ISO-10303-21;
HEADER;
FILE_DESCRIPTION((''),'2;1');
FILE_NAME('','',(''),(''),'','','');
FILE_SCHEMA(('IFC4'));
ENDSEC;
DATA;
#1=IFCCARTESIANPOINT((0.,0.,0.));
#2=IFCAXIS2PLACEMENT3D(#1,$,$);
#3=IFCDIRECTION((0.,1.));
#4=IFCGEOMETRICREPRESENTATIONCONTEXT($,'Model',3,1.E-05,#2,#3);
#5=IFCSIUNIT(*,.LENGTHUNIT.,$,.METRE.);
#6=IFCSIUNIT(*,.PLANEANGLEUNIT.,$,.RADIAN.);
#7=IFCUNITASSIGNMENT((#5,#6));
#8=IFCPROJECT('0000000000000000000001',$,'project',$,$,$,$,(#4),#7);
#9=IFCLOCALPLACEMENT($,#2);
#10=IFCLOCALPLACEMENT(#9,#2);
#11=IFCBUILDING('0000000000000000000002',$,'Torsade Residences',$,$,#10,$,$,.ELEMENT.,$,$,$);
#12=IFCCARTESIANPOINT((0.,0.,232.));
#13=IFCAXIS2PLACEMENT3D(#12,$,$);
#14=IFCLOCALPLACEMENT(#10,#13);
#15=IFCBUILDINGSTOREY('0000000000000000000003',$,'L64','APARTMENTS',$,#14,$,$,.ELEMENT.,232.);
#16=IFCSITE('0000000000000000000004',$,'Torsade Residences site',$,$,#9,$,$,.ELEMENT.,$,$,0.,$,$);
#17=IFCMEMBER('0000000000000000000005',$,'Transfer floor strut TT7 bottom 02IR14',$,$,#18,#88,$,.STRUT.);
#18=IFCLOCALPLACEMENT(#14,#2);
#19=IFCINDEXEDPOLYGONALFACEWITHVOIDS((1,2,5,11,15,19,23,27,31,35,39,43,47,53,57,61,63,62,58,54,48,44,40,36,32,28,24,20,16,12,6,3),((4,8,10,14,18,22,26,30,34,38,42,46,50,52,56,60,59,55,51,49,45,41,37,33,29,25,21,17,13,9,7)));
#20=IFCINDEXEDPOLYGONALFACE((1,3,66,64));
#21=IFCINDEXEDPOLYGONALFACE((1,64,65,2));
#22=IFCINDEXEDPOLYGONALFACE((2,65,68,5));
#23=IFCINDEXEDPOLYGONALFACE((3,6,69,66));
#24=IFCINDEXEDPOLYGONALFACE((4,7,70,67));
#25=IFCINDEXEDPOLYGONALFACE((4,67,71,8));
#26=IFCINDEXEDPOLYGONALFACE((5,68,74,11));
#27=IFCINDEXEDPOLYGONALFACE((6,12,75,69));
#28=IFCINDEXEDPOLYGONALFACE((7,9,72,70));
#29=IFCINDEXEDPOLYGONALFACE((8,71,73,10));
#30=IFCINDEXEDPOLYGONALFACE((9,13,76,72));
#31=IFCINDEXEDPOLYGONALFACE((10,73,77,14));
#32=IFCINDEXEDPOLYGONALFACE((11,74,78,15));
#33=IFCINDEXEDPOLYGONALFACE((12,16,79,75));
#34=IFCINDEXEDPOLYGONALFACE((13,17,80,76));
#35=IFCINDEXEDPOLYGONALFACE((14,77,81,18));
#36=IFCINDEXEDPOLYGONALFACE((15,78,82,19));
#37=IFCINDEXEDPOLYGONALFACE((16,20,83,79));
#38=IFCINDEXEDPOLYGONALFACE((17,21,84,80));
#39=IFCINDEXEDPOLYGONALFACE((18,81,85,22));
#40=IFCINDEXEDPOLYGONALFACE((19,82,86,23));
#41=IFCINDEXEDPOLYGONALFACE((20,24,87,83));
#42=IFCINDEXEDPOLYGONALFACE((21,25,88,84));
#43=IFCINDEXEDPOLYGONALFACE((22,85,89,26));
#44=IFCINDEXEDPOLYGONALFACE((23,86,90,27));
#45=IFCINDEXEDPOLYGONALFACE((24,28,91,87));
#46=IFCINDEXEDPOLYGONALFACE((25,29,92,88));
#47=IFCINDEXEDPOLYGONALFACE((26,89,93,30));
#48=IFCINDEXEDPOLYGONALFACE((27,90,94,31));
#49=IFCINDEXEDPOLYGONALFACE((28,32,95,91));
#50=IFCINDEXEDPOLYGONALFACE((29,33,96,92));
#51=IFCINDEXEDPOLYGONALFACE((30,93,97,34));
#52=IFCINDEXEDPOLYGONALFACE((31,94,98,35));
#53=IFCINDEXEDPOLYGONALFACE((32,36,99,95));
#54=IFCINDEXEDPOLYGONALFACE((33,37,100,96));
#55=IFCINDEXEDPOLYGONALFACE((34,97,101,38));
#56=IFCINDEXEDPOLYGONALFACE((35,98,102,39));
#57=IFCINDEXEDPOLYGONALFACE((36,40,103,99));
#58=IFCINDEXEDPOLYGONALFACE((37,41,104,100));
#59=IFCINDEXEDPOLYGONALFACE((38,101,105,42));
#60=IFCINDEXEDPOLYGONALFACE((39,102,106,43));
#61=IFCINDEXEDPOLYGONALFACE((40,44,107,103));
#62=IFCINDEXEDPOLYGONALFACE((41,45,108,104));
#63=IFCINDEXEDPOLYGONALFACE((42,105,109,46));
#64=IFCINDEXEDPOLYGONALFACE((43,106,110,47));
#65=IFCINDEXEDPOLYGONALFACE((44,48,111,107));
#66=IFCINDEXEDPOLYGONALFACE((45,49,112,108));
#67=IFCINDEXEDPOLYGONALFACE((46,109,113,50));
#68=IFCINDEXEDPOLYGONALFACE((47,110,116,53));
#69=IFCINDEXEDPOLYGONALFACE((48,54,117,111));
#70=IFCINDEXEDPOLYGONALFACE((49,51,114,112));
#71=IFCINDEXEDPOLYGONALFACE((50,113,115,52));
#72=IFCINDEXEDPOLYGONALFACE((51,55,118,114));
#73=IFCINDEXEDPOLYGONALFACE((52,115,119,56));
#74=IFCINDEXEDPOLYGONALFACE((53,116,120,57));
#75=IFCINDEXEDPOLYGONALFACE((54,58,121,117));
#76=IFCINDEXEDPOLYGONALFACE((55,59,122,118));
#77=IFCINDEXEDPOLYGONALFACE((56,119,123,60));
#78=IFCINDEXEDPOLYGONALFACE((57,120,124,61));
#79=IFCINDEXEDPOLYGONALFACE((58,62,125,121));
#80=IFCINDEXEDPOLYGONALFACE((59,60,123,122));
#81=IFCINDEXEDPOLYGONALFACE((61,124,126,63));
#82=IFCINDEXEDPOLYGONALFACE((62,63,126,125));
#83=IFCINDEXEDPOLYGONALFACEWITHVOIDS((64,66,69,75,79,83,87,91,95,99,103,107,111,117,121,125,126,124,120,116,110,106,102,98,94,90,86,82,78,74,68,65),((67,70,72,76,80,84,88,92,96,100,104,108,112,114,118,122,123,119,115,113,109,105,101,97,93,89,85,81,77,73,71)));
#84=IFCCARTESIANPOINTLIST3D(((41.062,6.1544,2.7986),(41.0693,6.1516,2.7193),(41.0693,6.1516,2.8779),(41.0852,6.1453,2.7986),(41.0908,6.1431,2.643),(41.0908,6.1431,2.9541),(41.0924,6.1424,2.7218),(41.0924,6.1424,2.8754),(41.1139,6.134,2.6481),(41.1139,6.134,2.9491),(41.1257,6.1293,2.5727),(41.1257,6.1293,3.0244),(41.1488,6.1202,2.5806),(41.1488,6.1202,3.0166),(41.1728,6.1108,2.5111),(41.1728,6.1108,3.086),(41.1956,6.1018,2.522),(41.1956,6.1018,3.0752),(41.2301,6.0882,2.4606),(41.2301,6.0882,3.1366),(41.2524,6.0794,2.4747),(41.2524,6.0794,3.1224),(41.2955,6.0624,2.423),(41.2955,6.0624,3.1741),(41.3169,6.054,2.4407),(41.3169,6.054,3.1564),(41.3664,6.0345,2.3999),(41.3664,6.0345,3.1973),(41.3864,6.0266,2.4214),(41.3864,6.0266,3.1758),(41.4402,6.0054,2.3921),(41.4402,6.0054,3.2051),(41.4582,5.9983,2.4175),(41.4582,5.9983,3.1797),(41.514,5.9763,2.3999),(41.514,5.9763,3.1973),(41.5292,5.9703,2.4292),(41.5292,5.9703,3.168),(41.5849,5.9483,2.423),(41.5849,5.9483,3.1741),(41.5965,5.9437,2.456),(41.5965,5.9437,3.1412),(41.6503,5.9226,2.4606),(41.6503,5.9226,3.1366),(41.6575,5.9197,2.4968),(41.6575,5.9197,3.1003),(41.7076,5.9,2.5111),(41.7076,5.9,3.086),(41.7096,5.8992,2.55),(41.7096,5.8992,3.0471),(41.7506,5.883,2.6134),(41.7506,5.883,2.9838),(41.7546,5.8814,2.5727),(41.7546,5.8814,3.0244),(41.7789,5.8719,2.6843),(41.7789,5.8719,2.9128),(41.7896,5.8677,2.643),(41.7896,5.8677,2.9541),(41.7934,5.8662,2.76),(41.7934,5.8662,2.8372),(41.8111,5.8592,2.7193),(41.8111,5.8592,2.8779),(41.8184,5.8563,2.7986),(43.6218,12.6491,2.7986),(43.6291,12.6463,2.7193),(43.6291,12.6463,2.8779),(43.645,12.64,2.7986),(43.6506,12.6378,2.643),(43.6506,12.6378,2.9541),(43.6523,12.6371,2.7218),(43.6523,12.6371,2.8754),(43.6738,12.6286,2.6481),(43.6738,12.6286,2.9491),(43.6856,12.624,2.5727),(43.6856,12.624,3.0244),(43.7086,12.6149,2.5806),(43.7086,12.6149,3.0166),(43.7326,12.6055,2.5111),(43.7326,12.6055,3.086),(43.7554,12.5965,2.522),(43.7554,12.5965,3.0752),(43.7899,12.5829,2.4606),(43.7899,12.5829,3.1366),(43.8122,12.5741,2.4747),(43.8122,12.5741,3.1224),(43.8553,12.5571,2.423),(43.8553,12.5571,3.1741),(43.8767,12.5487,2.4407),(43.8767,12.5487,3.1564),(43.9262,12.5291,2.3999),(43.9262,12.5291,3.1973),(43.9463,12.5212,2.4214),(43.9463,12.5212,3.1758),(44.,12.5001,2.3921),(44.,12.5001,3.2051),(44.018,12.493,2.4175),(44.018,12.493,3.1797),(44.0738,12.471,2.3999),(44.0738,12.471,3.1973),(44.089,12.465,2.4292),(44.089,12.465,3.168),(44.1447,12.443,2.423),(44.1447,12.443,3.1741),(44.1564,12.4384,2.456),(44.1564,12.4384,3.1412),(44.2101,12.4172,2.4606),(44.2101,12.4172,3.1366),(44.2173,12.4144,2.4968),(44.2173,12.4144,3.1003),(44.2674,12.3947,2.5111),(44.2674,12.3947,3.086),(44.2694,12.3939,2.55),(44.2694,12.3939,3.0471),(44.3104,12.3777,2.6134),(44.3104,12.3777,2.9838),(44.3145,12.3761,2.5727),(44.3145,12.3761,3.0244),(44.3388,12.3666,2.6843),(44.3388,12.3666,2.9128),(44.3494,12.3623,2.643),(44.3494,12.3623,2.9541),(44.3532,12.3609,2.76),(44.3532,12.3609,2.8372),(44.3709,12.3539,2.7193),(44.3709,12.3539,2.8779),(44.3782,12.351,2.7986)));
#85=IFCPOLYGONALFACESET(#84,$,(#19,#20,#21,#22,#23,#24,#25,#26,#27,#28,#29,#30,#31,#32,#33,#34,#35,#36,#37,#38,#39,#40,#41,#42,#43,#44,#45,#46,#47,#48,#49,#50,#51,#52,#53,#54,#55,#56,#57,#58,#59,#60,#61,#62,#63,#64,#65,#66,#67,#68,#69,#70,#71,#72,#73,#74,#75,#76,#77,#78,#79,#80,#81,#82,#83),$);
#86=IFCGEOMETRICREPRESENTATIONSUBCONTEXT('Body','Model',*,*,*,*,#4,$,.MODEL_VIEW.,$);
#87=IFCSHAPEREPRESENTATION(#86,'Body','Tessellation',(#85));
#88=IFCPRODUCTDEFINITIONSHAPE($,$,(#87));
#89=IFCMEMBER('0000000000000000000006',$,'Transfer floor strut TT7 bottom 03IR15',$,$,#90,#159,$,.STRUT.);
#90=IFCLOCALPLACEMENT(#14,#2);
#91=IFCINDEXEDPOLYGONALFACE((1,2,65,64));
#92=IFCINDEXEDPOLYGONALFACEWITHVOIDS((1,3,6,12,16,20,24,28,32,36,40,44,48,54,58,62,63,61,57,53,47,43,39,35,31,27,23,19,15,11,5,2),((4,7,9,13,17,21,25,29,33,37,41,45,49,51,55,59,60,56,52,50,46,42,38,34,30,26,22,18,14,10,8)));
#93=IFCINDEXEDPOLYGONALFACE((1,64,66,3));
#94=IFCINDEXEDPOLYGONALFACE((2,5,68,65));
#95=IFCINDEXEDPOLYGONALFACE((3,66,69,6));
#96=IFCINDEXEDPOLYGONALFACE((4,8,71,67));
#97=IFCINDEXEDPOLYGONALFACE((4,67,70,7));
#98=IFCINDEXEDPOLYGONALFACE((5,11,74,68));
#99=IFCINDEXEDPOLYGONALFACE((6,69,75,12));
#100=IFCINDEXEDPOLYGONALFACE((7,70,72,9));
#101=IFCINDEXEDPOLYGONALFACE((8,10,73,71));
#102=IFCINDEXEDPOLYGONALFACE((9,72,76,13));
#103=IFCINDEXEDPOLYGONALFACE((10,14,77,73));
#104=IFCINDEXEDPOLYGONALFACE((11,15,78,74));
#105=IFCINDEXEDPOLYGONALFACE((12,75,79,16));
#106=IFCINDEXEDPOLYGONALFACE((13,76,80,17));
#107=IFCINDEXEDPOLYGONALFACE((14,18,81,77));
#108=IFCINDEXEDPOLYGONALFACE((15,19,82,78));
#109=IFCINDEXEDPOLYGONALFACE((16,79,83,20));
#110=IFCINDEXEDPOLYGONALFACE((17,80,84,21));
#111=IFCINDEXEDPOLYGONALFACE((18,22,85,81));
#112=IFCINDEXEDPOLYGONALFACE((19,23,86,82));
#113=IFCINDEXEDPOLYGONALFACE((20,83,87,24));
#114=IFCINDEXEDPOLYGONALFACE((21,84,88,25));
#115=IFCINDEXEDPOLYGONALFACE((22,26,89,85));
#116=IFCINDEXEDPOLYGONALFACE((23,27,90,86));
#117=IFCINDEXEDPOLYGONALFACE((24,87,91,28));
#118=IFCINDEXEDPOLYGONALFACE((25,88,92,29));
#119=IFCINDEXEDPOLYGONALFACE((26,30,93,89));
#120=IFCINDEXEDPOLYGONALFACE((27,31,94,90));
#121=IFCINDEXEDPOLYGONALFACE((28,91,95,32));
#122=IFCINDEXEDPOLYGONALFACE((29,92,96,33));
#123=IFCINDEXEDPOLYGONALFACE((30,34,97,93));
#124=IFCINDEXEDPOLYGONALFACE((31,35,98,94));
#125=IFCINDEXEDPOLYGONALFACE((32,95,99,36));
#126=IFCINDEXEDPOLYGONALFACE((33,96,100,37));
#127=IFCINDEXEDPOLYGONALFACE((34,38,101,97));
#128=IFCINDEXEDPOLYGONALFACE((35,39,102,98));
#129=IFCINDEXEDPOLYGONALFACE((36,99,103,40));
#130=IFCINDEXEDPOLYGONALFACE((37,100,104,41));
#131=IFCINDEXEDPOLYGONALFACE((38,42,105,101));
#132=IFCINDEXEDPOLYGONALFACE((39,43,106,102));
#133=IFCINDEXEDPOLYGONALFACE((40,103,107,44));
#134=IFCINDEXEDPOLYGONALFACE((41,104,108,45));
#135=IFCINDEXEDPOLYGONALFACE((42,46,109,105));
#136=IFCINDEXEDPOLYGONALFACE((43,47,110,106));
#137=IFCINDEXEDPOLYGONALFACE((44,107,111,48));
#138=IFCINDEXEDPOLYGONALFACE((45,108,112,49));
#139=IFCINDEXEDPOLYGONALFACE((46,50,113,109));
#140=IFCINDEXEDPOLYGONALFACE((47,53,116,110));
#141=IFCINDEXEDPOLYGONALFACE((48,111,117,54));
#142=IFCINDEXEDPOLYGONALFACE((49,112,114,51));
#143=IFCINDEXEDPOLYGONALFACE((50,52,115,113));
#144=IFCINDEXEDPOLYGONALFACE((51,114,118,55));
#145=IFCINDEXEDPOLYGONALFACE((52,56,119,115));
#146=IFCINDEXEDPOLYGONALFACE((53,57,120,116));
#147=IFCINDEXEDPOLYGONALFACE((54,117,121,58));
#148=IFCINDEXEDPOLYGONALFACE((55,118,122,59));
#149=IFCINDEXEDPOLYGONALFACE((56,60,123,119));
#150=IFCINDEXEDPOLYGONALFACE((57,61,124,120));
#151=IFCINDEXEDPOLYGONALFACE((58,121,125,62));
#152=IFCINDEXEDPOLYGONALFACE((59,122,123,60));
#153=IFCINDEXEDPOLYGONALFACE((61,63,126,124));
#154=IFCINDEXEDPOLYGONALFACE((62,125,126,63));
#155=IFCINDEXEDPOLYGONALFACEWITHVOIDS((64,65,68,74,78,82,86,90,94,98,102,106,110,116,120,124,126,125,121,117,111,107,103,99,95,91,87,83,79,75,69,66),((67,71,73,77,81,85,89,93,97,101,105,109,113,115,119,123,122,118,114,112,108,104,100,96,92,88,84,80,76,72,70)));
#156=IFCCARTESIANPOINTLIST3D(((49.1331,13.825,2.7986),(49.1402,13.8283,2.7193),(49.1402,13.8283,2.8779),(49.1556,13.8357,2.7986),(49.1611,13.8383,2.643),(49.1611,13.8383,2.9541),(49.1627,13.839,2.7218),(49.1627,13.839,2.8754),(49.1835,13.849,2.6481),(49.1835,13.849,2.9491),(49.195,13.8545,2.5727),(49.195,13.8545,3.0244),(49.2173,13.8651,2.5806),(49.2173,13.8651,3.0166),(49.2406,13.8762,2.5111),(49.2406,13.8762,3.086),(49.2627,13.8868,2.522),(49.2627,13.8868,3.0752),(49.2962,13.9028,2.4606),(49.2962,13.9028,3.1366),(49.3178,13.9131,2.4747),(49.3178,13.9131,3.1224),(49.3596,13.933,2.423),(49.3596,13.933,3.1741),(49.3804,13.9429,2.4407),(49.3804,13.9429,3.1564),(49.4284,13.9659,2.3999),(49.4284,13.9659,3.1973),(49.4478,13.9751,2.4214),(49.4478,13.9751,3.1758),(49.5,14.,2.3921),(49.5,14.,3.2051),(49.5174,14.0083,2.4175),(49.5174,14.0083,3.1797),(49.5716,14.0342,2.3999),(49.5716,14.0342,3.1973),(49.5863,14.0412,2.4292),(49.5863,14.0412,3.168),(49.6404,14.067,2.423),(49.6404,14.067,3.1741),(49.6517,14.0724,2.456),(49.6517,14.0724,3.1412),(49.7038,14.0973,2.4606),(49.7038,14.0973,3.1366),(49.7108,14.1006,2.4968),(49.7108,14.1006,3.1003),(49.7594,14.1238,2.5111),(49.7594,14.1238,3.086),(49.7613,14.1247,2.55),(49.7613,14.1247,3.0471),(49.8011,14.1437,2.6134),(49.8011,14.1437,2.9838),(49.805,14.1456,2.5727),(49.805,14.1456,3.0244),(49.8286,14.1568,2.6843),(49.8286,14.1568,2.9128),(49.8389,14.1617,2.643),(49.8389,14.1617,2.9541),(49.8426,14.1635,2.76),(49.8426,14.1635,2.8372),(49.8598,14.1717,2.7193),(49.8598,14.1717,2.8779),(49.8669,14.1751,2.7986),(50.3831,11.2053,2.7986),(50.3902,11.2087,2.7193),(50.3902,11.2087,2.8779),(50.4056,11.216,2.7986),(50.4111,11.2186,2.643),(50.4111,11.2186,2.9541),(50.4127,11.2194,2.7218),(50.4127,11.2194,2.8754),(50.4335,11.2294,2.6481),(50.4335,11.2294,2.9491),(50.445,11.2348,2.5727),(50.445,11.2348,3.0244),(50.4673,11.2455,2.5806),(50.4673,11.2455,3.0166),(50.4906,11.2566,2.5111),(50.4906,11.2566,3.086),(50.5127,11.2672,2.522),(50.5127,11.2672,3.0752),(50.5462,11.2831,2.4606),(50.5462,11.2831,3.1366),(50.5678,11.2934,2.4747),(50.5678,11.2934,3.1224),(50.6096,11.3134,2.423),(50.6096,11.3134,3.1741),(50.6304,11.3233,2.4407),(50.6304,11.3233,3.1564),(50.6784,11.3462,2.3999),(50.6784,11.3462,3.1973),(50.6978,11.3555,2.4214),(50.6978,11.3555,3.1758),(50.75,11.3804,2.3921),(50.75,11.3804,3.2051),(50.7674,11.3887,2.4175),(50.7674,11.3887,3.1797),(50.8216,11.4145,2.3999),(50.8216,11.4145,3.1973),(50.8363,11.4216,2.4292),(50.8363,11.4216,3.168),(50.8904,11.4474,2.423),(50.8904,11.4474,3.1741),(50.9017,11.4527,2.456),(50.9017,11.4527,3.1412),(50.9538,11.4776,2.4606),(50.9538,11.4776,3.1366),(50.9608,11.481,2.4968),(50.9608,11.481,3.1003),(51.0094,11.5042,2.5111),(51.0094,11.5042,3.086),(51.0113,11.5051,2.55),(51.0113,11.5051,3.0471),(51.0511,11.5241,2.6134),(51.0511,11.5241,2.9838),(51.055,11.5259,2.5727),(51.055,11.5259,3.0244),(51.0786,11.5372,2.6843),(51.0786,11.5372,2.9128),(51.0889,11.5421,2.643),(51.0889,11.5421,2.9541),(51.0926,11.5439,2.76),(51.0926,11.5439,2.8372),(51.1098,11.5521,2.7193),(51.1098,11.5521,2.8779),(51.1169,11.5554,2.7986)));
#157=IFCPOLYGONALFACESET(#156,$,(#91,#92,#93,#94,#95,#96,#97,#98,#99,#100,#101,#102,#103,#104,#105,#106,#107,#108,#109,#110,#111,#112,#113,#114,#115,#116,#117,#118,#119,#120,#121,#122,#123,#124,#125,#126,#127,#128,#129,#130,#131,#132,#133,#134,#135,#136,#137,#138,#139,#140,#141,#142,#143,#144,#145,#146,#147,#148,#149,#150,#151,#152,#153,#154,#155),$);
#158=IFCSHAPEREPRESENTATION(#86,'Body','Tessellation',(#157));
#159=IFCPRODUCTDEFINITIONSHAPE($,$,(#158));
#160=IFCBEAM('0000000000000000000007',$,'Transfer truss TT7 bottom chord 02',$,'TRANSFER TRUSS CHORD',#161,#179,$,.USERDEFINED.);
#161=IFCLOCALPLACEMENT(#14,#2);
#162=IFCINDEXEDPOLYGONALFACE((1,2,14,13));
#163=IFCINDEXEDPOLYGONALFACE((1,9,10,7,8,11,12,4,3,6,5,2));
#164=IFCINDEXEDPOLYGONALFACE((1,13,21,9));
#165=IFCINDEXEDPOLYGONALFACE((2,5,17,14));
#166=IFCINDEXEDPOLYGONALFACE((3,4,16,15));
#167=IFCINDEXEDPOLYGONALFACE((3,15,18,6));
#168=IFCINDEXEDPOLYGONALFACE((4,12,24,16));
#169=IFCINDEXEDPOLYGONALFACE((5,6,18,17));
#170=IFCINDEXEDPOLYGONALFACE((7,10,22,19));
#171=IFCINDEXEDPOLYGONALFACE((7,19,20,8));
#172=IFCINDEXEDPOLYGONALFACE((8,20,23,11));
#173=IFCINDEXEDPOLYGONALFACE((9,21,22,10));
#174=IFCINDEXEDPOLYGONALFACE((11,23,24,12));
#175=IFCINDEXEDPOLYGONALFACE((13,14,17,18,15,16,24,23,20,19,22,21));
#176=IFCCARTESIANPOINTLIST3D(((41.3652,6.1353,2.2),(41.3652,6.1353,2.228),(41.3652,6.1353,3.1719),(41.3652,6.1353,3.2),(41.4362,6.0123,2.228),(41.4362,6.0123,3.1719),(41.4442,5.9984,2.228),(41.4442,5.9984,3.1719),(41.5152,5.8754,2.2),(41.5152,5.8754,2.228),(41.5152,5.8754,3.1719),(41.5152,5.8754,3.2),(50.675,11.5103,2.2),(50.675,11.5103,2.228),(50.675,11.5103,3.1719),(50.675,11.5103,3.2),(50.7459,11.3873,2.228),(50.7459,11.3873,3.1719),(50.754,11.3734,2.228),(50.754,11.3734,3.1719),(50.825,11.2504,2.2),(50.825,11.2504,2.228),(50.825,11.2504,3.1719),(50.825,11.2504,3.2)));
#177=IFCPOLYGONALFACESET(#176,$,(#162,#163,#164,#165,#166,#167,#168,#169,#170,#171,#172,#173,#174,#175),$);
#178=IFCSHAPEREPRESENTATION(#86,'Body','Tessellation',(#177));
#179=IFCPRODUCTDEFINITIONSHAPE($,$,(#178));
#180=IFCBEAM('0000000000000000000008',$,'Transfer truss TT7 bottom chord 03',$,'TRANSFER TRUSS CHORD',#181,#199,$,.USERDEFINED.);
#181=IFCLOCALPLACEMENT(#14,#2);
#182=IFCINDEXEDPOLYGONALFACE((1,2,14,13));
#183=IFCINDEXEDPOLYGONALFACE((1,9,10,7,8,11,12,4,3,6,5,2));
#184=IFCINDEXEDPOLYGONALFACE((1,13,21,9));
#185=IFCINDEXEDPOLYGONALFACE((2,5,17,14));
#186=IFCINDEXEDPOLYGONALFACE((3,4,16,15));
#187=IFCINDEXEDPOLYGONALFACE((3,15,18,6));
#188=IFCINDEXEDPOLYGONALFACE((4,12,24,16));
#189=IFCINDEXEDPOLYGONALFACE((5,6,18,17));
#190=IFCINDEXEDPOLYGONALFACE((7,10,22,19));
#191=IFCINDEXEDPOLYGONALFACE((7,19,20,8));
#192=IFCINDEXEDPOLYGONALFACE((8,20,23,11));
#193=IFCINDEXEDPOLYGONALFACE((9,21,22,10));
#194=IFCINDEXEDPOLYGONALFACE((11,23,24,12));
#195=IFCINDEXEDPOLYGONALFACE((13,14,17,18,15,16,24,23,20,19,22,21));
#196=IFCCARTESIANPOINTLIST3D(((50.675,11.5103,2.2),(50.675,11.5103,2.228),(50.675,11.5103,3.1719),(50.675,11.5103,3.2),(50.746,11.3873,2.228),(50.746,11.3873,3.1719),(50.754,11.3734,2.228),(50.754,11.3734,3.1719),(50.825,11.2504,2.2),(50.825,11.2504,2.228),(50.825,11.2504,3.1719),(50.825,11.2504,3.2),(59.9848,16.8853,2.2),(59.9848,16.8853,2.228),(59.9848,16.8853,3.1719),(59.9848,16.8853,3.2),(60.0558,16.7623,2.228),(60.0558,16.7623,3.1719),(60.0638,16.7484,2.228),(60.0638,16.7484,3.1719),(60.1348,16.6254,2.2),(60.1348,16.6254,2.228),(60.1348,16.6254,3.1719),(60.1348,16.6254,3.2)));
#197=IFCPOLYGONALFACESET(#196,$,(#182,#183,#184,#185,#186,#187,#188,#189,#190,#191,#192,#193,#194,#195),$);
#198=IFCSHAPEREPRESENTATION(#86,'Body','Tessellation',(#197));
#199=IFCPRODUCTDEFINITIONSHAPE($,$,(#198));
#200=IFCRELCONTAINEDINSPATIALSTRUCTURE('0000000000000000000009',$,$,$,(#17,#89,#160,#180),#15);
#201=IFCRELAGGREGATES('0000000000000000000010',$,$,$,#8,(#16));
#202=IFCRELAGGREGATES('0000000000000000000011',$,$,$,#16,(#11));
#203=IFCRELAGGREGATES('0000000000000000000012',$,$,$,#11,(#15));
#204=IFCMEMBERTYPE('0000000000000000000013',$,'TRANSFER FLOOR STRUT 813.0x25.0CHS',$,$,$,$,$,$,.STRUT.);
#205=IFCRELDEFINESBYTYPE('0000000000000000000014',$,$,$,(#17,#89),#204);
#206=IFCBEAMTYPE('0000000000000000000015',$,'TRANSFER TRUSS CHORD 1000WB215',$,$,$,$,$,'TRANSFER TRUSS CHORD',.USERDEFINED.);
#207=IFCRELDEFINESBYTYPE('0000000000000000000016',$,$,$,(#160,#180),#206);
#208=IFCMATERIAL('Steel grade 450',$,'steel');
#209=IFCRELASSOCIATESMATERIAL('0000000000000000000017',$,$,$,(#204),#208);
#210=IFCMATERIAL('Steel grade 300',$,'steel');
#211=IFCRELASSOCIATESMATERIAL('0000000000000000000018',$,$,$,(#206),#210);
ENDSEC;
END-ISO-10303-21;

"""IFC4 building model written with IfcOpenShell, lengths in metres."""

from ifc_helpers import new_model, si_unit, direction, frame, origin, origin_2d, place, context, subcontext, project, spatial, hollow_circle, i_section, extrude, material, material_profile, profile_set, type_object, element, save


model = new_model("IFC4")

# Units and contexts
model_context = context("Model", 3, precision=1e-05, world=origin(), true_north=direction((0.0, 1.0)))
body_context = subcontext(model_context, "Body", "Model", "MODEL_VIEW")
ifc_project = project(units=[si_unit("LENGTHUNIT", "METRE"), si_unit("PLANEANGLEUNIT", "RADIAN")], contexts=[model_context])

# Site, building, storey
site_placement = place(None, origin())
site = spatial("IfcSite", under=ifc_project, at=site_placement, Name="Torsade Residences site", CompositionType="ELEMENT", RefElevation=0.0)
building_placement = place(site_placement, origin())
building = spatial("IfcBuilding", under=site, at=building_placement, Name="Torsade Residences", CompositionType="ELEMENT")
storey_placement = place(building_placement, frame((0.0, 0.0, 232.0)))
storey = spatial("IfcBuildingStorey", under=building, at=storey_placement, Name="L64", Description="APARTMENTS", CompositionType="ELEMENT", Elevation=232.0)

# Members
ifc_material_1 = material(Name="Steel grade 450", Category="steel")
ifc_material_profile_1 = material_profile(ifc_material_1, hollow_circle(Radius=0.4065, WallThickness=0.0249, at=origin_2d()), Name="813.0x25.0CHS")
ifc_profile_set_1 = profile_set([ifc_material_profile_1], Name="Steel grade 450")
member_type_1 = type_object("IfcMemberType", Name="TRANSFER FLOOR STRUT 813.0x25.0CHS", PredefinedType="STRUT", material=ifc_profile_set_1)
member_1_placement = place(storey_placement, frame((41.4402, 6.0054, 2.7986), z_axis=(0.366689, 0.930344, 0.0), x_axis=(-0.930344, 0.366689, 0.0)))
element("IfcMember", 1, at=member_1_placement, inside=storey, type_object=member_type_1, Name="Transfer floor strut TT7 bottom 02IR14", PredefinedType="STRUT", context=body_context, shape_type="SweptSolid", body=[
    extrude(hollow_circle(Radius=0.4065, WallThickness=0.0249, at=origin_2d()), origin(), (0.0, 0.0, 1.0), 6.981),
])
member_2_placement = place(storey_placement, frame((50.75, 11.3804, 2.7986), z_axis=(-0.430652, 0.902518, 0.0), x_axis=(-0.902518, -0.430652, 0.0)))
element("IfcMember", 2, at=member_2_placement, inside=storey, type_object=member_type_1, Name="Transfer floor strut TT7 bottom 03IR15", PredefinedType="STRUT", context=body_context, shape_type="SweptSolid", body=[
    extrude(hollow_circle(Radius=0.4065, WallThickness=0.0249, at=origin_2d()), origin(), (0.0, 0.0, 1.0), 2.9026),
])

# Beams
ifc_material_2 = material(Name="Steel grade 300", Category="steel")
ifc_material_profile_2 = material_profile(ifc_material_2, i_section(OverallWidth=0.3, OverallDepth=1.0, WebThickness=0.0161, FlangeThickness=0.0281, at=origin_2d()), Name="1000WB215")
ifc_profile_set_2 = profile_set([ifc_material_profile_2], Name="Steel grade 300")
beam_type_1 = type_object("IfcBeamType", Name="TRANSFER TRUSS CHORD 1000WB215", ElementType="TRANSFER TRUSS CHORD", PredefinedType="USERDEFINED", material=ifc_profile_set_2)
for number, where, z_axis, x_axis, name in (
    (3, (41.4402, 6.0054, 2.7), (0.866026, 0.499998, 0.0), (-0.499998, 0.866026, 0.0), "Transfer truss TT7 bottom chord 02"),
    (4, (50.75, 11.3804, 2.7), (0.866026, 0.499998, 0.0), (-0.499998, 0.866026, 0.0), "Transfer truss TT7 bottom chord 03"),
):
    element("IfcBeam", number, at=place(storey_placement, frame(where, z_axis=z_axis, x_axis=x_axis)), inside=storey, type_object=beam_type_1, Name=name, ObjectType="TRANSFER TRUSS CHORD", PredefinedType="USERDEFINED", context=body_context, shape_type="SweptSolid", body=[
        extrude(i_section(OverallWidth=0.3, OverallDepth=1.0, WebThickness=0.0161, FlangeThickness=0.0281, at=origin_2d()), origin(), (0.0, 0.0, 1.0), 10.75),
    ])

save(model, "model.ifc")
